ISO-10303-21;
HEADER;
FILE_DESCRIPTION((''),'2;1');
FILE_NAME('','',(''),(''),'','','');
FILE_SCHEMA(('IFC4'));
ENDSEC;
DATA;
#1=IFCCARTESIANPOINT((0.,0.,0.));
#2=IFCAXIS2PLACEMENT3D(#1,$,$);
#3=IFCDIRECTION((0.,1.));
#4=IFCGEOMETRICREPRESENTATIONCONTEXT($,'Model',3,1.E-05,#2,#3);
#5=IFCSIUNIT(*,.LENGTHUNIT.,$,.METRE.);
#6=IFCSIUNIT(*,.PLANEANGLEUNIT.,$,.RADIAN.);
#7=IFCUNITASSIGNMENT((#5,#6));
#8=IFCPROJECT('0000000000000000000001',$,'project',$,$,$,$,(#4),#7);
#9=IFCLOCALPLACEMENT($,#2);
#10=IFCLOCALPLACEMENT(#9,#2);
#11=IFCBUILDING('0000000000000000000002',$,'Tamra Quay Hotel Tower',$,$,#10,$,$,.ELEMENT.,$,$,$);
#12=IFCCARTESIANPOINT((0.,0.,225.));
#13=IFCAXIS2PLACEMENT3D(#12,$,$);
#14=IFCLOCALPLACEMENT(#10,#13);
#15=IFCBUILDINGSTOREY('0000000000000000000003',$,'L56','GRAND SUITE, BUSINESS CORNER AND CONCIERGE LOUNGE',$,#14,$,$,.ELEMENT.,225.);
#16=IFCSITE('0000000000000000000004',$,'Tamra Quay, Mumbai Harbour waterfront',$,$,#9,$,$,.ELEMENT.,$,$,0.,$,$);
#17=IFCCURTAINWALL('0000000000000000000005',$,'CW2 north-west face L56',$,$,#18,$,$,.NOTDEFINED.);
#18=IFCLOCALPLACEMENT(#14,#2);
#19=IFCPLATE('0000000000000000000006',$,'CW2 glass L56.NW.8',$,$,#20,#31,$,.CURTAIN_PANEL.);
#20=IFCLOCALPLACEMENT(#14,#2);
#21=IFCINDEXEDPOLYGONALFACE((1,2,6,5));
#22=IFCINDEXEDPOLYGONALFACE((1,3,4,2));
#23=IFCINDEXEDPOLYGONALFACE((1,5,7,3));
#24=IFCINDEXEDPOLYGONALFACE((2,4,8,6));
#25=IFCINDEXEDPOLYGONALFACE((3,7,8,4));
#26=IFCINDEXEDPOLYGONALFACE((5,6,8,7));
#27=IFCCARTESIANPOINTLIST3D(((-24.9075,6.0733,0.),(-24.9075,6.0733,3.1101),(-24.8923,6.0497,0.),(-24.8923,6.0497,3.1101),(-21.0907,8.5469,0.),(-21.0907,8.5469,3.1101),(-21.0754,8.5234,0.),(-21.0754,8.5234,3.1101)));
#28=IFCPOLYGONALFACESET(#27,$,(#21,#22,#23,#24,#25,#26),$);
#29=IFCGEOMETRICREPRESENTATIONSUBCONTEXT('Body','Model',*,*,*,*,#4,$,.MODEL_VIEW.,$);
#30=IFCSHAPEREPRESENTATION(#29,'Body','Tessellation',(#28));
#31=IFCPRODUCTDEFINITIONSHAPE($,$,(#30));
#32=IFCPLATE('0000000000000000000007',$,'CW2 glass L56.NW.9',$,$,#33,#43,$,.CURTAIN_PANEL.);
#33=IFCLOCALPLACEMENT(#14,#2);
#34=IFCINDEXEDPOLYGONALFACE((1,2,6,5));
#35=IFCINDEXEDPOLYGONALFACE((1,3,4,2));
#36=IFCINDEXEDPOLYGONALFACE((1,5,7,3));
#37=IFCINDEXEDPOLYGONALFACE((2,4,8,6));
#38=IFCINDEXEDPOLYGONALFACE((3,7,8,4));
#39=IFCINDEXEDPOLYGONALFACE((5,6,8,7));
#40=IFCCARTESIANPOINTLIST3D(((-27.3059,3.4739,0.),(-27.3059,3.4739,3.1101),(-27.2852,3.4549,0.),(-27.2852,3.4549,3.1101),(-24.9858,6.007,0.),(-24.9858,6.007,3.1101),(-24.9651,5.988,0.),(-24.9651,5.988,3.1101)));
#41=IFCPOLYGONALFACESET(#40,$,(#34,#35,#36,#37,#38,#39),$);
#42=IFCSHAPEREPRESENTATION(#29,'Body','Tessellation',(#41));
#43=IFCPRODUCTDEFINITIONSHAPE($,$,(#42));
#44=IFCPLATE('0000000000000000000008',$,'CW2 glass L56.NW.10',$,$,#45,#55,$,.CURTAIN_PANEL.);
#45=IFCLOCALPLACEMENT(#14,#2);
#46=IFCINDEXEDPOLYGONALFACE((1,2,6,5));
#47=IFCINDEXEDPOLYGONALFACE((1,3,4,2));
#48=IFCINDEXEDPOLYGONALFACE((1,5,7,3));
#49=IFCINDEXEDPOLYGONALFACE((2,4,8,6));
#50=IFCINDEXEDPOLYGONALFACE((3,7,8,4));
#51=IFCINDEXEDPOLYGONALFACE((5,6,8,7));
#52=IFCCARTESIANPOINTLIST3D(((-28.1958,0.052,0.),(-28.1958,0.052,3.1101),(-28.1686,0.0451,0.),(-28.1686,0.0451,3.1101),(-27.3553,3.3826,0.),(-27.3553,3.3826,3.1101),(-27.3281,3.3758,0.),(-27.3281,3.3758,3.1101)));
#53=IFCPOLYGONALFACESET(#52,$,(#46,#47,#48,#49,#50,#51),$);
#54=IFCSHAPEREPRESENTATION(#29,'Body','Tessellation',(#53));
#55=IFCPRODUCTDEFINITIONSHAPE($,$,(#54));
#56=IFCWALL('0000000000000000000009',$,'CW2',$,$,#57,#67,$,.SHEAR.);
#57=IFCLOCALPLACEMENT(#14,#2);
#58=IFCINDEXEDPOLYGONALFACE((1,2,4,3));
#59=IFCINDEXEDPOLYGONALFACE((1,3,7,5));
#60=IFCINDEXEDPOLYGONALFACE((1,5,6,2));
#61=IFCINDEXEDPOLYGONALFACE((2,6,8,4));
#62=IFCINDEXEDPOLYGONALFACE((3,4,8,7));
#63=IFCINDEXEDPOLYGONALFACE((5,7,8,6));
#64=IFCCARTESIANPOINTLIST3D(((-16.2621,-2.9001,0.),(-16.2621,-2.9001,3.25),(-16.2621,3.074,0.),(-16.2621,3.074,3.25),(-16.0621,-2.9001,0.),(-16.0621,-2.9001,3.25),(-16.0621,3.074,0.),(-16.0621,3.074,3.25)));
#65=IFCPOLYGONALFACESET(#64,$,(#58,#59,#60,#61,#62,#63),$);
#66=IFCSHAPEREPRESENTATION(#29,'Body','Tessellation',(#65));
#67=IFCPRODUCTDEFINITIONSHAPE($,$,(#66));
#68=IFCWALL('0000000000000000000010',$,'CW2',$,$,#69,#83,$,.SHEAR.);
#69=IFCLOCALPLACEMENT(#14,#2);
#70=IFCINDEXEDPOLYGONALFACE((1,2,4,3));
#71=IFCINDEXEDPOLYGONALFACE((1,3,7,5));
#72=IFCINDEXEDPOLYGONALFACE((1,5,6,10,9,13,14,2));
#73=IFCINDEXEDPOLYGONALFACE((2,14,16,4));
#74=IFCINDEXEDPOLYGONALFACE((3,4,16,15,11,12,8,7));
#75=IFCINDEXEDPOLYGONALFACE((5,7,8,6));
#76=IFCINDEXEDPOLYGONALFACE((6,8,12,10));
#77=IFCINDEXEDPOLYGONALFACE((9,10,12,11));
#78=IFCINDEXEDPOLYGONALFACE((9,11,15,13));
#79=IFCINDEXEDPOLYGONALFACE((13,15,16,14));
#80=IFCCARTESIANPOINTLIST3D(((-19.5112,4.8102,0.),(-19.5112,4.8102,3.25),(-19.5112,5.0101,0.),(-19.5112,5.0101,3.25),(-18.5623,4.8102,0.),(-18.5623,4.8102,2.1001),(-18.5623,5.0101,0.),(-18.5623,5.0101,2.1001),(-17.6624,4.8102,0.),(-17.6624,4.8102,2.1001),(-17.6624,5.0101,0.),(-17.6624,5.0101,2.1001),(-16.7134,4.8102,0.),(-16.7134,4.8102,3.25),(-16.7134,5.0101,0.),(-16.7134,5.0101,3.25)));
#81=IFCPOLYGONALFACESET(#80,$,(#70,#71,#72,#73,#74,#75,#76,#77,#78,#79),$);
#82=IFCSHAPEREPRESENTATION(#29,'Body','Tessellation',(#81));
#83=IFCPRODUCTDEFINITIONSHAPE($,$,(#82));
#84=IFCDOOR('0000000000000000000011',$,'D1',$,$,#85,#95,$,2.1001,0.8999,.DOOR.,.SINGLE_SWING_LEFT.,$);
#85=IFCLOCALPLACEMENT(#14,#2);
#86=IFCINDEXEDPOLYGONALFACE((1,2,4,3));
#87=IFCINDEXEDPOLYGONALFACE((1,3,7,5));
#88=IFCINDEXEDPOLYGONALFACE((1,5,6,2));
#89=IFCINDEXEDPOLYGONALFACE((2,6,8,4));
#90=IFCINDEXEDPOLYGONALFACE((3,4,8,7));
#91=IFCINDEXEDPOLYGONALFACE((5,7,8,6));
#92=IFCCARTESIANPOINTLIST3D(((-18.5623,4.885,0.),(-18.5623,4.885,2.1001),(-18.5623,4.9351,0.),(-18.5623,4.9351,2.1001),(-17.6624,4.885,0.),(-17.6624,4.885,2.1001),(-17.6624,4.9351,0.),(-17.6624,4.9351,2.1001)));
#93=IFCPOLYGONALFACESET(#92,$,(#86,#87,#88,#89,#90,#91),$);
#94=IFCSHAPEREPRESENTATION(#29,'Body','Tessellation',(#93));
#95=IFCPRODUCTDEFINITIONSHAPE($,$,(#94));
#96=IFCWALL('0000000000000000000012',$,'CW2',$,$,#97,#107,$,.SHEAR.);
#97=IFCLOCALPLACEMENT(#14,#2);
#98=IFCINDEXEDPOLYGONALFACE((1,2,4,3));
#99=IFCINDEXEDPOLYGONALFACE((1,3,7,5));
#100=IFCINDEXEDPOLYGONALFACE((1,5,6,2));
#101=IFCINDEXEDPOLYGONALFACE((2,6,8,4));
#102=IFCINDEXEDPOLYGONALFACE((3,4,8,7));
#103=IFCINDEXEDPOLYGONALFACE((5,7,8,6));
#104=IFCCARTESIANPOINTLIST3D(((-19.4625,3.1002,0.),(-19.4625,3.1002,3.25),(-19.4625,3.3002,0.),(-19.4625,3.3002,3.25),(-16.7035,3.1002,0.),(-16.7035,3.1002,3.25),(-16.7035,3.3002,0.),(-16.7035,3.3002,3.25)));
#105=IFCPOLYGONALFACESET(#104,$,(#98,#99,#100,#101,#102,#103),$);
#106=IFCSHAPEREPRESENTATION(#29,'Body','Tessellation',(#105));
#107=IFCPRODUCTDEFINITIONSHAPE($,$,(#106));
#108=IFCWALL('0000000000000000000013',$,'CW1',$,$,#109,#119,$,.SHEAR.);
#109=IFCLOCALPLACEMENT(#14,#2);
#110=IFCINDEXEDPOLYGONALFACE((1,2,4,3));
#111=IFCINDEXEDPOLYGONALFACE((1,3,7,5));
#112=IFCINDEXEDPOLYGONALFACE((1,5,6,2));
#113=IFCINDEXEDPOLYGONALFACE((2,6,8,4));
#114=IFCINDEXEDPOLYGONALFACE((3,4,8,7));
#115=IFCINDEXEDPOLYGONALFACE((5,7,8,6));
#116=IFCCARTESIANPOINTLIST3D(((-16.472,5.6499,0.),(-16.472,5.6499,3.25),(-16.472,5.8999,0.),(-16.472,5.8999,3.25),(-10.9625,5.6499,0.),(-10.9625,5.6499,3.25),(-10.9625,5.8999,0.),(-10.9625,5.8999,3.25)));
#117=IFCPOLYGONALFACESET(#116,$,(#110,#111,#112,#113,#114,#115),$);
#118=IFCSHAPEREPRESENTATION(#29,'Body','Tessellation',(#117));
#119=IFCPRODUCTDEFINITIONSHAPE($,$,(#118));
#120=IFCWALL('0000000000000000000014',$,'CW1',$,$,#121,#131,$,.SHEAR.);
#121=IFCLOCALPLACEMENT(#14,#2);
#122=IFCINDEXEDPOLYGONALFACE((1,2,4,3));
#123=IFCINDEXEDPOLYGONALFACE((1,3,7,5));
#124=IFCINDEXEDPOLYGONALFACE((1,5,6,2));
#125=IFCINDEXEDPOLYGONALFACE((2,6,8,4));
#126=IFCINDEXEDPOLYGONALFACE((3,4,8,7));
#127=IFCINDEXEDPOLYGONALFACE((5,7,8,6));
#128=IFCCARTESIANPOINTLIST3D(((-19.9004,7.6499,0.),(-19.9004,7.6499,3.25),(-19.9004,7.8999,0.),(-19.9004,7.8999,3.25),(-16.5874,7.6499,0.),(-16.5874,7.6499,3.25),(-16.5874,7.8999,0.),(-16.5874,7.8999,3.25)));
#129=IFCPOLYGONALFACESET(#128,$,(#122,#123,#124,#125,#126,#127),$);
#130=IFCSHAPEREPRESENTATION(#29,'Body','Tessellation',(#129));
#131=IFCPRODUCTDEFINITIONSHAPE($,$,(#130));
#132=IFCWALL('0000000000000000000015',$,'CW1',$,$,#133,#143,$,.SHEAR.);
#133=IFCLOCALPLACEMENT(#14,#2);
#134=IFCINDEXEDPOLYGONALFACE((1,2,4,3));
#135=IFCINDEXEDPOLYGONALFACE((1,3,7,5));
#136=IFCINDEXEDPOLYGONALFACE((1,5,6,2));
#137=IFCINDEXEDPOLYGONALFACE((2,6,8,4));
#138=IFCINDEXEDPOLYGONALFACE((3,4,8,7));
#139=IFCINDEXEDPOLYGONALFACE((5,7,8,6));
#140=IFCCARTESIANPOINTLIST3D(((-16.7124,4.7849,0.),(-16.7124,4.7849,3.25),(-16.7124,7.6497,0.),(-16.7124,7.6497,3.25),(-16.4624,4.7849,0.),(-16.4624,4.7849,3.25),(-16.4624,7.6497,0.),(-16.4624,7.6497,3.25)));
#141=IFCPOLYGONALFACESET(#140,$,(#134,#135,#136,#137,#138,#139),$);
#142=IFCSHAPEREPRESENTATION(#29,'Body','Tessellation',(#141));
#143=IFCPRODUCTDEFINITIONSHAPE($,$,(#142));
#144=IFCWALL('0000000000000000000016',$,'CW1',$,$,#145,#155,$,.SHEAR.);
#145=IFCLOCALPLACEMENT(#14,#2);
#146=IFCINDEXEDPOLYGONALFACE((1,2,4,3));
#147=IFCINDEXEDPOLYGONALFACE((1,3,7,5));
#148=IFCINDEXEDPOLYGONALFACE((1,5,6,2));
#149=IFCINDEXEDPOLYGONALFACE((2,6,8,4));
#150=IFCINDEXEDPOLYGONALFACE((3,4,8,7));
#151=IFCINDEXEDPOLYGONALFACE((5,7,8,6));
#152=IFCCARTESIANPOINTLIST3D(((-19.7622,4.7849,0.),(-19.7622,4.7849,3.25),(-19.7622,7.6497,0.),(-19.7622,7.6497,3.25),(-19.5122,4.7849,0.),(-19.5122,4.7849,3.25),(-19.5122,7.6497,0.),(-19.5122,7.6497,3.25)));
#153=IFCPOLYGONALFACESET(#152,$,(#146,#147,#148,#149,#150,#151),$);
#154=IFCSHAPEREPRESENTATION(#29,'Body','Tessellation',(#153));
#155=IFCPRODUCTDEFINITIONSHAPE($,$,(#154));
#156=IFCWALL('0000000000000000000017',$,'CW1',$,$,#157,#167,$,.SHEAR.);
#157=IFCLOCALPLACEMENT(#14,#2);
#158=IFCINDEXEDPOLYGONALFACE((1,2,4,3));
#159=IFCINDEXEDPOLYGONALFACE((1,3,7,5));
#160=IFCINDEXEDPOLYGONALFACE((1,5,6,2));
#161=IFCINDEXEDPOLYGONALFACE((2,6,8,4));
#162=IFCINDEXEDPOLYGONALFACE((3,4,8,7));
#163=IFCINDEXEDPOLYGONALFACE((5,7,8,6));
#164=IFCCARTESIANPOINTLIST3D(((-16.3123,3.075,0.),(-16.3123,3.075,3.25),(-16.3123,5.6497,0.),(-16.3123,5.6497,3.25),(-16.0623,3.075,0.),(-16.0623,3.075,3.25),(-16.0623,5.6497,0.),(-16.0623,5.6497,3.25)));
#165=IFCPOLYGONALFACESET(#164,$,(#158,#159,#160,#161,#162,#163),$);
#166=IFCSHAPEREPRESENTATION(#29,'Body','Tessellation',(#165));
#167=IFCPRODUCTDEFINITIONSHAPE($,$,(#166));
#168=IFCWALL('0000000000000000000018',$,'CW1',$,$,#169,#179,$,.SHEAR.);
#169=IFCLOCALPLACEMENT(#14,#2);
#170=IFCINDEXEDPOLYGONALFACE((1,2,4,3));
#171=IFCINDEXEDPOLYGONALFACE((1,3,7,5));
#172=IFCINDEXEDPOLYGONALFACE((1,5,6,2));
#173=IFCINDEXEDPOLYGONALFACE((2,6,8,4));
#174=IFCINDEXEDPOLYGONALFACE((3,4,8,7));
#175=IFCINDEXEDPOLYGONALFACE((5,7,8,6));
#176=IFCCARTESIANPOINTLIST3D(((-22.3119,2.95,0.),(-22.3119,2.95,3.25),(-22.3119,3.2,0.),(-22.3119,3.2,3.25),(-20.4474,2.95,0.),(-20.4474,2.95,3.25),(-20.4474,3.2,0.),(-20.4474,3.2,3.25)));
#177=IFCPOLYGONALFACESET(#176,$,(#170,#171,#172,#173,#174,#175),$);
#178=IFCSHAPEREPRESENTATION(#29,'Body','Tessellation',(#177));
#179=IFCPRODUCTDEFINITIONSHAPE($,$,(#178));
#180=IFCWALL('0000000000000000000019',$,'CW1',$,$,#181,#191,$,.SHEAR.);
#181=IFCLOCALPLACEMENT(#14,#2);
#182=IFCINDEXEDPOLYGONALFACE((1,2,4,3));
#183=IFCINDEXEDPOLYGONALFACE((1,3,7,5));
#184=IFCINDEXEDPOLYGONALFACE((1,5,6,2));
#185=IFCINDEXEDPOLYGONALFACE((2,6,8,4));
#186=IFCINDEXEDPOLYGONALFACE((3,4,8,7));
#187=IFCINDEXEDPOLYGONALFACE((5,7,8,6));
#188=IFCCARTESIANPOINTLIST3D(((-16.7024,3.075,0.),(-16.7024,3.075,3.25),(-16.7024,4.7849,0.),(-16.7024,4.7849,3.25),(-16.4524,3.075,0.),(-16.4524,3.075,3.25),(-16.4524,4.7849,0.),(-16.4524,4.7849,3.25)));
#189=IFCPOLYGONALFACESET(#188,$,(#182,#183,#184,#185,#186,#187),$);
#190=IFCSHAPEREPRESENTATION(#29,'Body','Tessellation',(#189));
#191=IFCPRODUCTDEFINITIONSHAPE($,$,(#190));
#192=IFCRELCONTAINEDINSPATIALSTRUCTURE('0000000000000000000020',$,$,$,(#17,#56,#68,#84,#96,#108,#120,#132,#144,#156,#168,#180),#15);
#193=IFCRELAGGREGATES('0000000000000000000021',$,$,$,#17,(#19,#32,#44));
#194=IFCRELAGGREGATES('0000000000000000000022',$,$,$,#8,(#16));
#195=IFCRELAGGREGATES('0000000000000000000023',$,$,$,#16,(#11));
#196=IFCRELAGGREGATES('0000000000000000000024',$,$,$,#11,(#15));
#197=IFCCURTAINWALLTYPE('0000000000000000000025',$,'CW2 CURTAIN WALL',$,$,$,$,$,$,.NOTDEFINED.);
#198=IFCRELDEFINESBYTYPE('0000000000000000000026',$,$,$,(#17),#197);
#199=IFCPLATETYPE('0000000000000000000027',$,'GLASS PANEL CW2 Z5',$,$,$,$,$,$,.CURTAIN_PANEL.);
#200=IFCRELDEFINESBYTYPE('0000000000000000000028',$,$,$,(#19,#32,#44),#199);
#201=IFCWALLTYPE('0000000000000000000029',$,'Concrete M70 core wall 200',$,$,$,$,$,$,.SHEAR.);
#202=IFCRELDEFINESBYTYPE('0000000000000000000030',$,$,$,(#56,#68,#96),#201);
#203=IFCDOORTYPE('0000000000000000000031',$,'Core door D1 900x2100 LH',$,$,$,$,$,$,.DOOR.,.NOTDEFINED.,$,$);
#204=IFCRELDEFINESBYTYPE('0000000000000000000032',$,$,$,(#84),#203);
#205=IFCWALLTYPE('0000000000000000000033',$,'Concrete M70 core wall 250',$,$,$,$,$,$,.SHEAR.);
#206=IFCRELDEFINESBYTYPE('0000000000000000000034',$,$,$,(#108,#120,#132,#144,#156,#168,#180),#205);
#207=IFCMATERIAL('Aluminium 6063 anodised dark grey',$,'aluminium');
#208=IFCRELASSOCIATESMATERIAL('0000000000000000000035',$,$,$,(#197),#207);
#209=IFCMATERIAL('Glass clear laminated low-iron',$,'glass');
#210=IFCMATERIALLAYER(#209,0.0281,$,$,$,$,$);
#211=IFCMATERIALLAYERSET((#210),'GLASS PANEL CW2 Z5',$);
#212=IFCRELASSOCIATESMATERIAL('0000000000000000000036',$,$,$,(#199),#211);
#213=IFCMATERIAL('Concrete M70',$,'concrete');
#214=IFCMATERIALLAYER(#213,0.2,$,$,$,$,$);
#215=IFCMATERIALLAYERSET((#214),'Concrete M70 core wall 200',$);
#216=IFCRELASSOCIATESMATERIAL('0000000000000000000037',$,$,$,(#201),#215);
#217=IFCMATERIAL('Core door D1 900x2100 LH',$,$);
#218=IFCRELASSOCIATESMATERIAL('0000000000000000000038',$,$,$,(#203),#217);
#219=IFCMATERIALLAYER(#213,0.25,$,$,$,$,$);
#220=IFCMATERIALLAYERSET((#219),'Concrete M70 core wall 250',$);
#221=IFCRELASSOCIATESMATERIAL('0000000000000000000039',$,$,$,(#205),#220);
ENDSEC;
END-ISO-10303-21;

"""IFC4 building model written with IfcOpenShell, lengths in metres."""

from ifc_helpers import new_model, si_unit, direction, frame, frame_2d, origin, origin_2d, place, context, subcontext, project, spatial, rectangle, extrude, material, layer, layer_set, type_object, element, fill, aggregate, save


model = new_model("IFC4")

# Units and contexts
model_context = context("Model", 3, precision=1e-05, world=origin(), true_north=direction((0.0, 1.0)))
body_context = subcontext(model_context, "Body", "Model", "MODEL_VIEW")
ifc_project = project(units=[si_unit("LENGTHUNIT", "METRE"), si_unit("PLANEANGLEUNIT", "RADIAN")], contexts=[model_context])

# Site, building, storey
site_placement = place(None, origin())
site = spatial("IfcSite", under=ifc_project, at=site_placement, Name="Tamra Quay, Mumbai Harbour waterfront", CompositionType="ELEMENT", RefElevation=0.0)
building_placement = place(site_placement, origin())
building = spatial("IfcBuilding", under=site, at=building_placement, Name="Tamra Quay Hotel Tower", CompositionType="ELEMENT")
storey_placement = place(building_placement, frame((0.0, 0.0, 225.0)))
storey = spatial("IfcBuildingStorey", under=building, at=storey_placement, Name="L56", Description="GRAND SUITE, BUSINESS CORNER AND CONCIERGE LOUNGE", CompositionType="ELEMENT", Elevation=225.0)

# Shared definitions
ifc_material_1 = material(Name="Concrete M70", Category="concrete")

# Curtain wall
ifc_material_2 = material(Name="Aluminium 6063 anodised dark grey", Category="aluminium")
curtain_wall_type = type_object("IfcCurtainWallType", Name="CW2 CURTAIN WALL", PredefinedType="NOTDEFINED", material=ifc_material_2)
curtain_wall_placement = place(storey_placement, origin())
curtain_wall = element("IfcCurtainWall", 1, at=curtain_wall_placement, inside=storey, type_object=curtain_wall_type, Name="CW2 north-west face L56", PredefinedType="NOTDEFINED")

# Plates
ifc_material_3 = material(Name="Glass clear laminated low-iron", Category="glass")
ifc_layer_1 = layer(ifc_material_3, 0.0281)
ifc_layer_set_1 = layer_set([ifc_layer_1], Name="GLASS PANEL CW2 Z5")
plate_type = type_object("IfcPlateType", Name="GLASS PANEL CW2 Z5", PredefinedType="CURTAIN_PANEL", material=ifc_layer_set_1)
plate_1_placement = place(storey_placement, frame((-22.9915, 7.2983, 0.0), z_axis=(0.0, 0.0, 1.0), x_axis=(-0.839179, -0.543856, 0.0)))
plate_1 = element("IfcPlate", 2, at=plate_1_placement, type_object=plate_type, Name="CW2 glass L56.NW.8", PredefinedType="CURTAIN_PANEL", context=body_context, shape_type="SweptSolid", body=[
    extrude(rectangle(XDim=4.5483, YDim=0.0281, at=origin_2d()), origin(), (0.0, 0.0, 1.0), 3.1101),
])
plate_2_placement = place(storey_placement, frame((-26.1355, 4.731, 0.0), z_axis=(0.0, 0.0, 1.0), x_axis=(-0.675438, -0.737417, 0.0)))
plate_2 = element("IfcPlate", 3, at=plate_2_placement, type_object=plate_type, Name="CW2 glass L56.NW.9", PredefinedType="CURTAIN_PANEL", context=body_context, shape_type="SweptSolid", body=[
    extrude(rectangle(XDim=3.4351, YDim=0.0281, at=origin_2d()), origin(), (0.0, 0.0, 1.0), 3.1101),
])
plate_3_placement = place(storey_placement, frame((-27.762, 1.7139, 0.0), z_axis=(0.0, 0.0, 1.0), x_axis=(-0.244677, -0.969605, 0.0)))
plate_3 = element("IfcPlate", 4, at=plate_3_placement, type_object=plate_type, Name="CW2 glass L56.NW.10", PredefinedType="CURTAIN_PANEL", context=body_context, shape_type="SweptSolid", body=[
    extrude(rectangle(XDim=3.4351, YDim=0.0281, at=origin_2d()), origin(), (0.0, 0.0, 1.0), 3.1101),
])
aggregate(curtain_wall, [plate_1, plate_2, plate_3])

# Wall
ifc_layer_2 = layer(ifc_material_1, 0.2)
ifc_layer_set_2 = layer_set([ifc_layer_2], Name="Concrete M70 core wall 200")
wall_type_1 = type_object("IfcWallType", Name="Concrete M70 core wall 200", PredefinedType="SHEAR", material=ifc_layer_set_2)
wall_1_placement = place(storey_placement, frame((-16.1621, 3.074, 0.0), z_axis=(0.0, 0.0, 1.0), x_axis=(0.0, -1.0, 0.0)))
element("IfcWall", 5, at=wall_1_placement, inside=storey, type_object=wall_type_1, Name="CW2", PredefinedType="SHEAR", context=body_context, shape_type="SweptSolid", body=[
    extrude(rectangle(XDim=5.9741, YDim=0.2, at=frame_2d((2.9871, 0.0))), origin(), (0.0, 0.0, 1.0), 3.25),
])

# Wall, opening, door
wall_2_placement = place(storey_placement, frame((-19.5112, 4.9102, 0.0), z_axis=(0.0, 0.0, 1.0), x_axis=(1.0, 0.0, 0.0)))
wall_2 = element("IfcWall", 6, at=wall_2_placement, inside=storey, type_object=wall_type_1, Name="CW2", PredefinedType="SHEAR", context=body_context, shape_type="SweptSolid", body=[
    extrude(rectangle(XDim=2.7979, YDim=0.2, at=frame_2d((1.3989, 0.0))), origin(), (0.0, 0.0, 1.0), 3.25),
])
opening_placement = place(wall_2_placement, frame((0.949, 0.0, 0.0)))
opening = element("IfcOpeningElement", 7, at=opening_placement, cuts=wall_2, PredefinedType="OPENING", context=body_context, shape_type="SweptSolid", body=[
    extrude(rectangle(XDim=0.8999, YDim=2.1001, at=frame_2d((0.45, 1.05))), frame((0.0, 0.1099, 0.0), z_axis=(0.0, -1.0, 0.0), x_axis=(1.0, 0.0, 0.0)), (0.0, 0.0, 1.0), 0.22),
])
ifc_material_4 = material(Name="Core door D1 900x2100 LH")
door_type = type_object("IfcDoorType", Name="Core door D1 900x2100 LH", OperationType="NOTDEFINED", PredefinedType="DOOR", material=ifc_material_4)
door_placement = place(opening_placement, origin())
door = element("IfcDoor", 8, at=door_placement, inside=storey, type_object=door_type, Name="D1", OperationType="SINGLE_SWING_LEFT", OverallHeight=2.1001, OverallWidth=0.8999, PredefinedType="DOOR", context=body_context, shape_type="SweptSolid", body=[
    extrude(rectangle(XDim=0.8999, YDim=2.1001, at=frame_2d((0.45, 1.05))), frame((0.0, 0.0249, 0.0), z_axis=(0.0, -1.0, 0.0), x_axis=(1.0, 0.0, 0.0)), (0.0, 0.0, 1.0), 0.05),
])
fill(opening, door)

# Walls
wall_3_placement = place(storey_placement, frame((-19.4624, 3.2002, 0.0), z_axis=(0.0, 0.0, 1.0), x_axis=(1.0, 0.0, 0.0)))
element("IfcWall", 9, at=wall_3_placement, inside=storey, type_object=wall_type_1, Name="CW2", PredefinedType="SHEAR", context=body_context, shape_type="SweptSolid", body=[
    extrude(rectangle(XDim=2.759, YDim=0.2, at=frame_2d((1.3794, 0.0))), origin(), (0.0, 0.0, 1.0), 3.25),
])
ifc_layer_3 = layer(ifc_material_1, 0.25)
ifc_layer_set_3 = layer_set([ifc_layer_3], Name="Concrete M70 core wall 250")
wall_type_2 = type_object("IfcWallType", Name="Concrete M70 core wall 250", PredefinedType="SHEAR", material=ifc_layer_set_3)
wall_4_placement = place(storey_placement, frame((-16.4722, 5.7749, 0.0), z_axis=(0.0, 0.0, 1.0), x_axis=(1.0, 0.0, 0.0)))
element("IfcWall", 10, at=wall_4_placement, inside=storey, type_object=wall_type_2, Name="CW1", PredefinedType="SHEAR", context=body_context, shape_type="SweptSolid", body=[
    extrude(rectangle(XDim=5.5095, YDim=0.25, at=frame_2d((2.7549, 0.0))), origin(), (0.0, 0.0, 1.0), 3.25),
])
wall_5_placement = place(storey_placement, frame((-19.9004, 7.7749, 0.0), z_axis=(0.0, 0.0, 1.0), x_axis=(1.0, 0.0, 0.0)))
element("IfcWall", 11, at=wall_5_placement, inside=storey, type_object=wall_type_2, Name="CW1", PredefinedType="SHEAR", context=body_context, shape_type="SweptSolid", body=[
    extrude(rectangle(XDim=3.313, YDim=0.25, at=frame_2d((1.6565, 0.0))), origin(), (0.0, 0.0, 1.0), 3.25),
])
for number, where, z_axis, x_axis, name in (
    (12, (-16.5874, 7.6497, 0.0), (0.0, 0.0, 1.0), (0.0, -1.0, 0.0), "CW1"),
    (13, (-19.6372, 4.7849, 0.0), (0.0, 0.0, 1.0), (0.0, 1.0, 0.0), "CW1"),
):
    element("IfcWall", number, at=place(storey_placement, frame(where, z_axis=z_axis, x_axis=x_axis)), inside=storey, type_object=wall_type_2, Name=name, PredefinedType="SHEAR", context=body_context, shape_type="SweptSolid", body=[
        extrude(rectangle(XDim=2.8647, YDim=0.25, at=frame_2d((1.4324, 0.0))), origin(), (0.0, 0.0, 1.0), 3.25),
    ])
wall_6_placement = place(storey_placement, frame((-16.1873, 3.075, 0.0), z_axis=(0.0, 0.0, 1.0), x_axis=(0.0, 1.0, 0.0)))
element("IfcWall", 14, at=wall_6_placement, inside=storey, type_object=wall_type_2, Name="CW1", PredefinedType="SHEAR", context=body_context, shape_type="SweptSolid", body=[
    extrude(rectangle(XDim=2.5747, YDim=0.25, at=frame_2d((1.2874, 0.0))), origin(), (0.0, 0.0, 1.0), 3.25),
])
wall_7_placement = place(storey_placement, frame((-22.3118, 3.075, 0.0), z_axis=(0.0, 0.0, 1.0), x_axis=(1.0, 0.0, 0.0)))
element("IfcWall", 15, at=wall_7_placement, inside=storey, type_object=wall_type_2, Name="CW1", PredefinedType="SHEAR", context=body_context, shape_type="SweptSolid", body=[
    extrude(rectangle(XDim=1.8645, YDim=0.25, at=frame_2d((0.9321, 0.0))), origin(), (0.0, 0.0, 1.0), 3.25),
])
wall_8_placement = place(storey_placement, frame((-16.5774, 4.7849, 0.0), z_axis=(0.0, 0.0, 1.0), x_axis=(0.0, -1.0, 0.0)))
element("IfcWall", 16, at=wall_8_placement, inside=storey, type_object=wall_type_2, Name="CW1", PredefinedType="SHEAR", context=body_context, shape_type="SweptSolid", body=[
    extrude(rectangle(XDim=1.71, YDim=0.25, at=frame_2d((0.855, 0.0))), origin(), (0.0, 0.0, 1.0), 3.25),
])

save(model, "model.ifc")
